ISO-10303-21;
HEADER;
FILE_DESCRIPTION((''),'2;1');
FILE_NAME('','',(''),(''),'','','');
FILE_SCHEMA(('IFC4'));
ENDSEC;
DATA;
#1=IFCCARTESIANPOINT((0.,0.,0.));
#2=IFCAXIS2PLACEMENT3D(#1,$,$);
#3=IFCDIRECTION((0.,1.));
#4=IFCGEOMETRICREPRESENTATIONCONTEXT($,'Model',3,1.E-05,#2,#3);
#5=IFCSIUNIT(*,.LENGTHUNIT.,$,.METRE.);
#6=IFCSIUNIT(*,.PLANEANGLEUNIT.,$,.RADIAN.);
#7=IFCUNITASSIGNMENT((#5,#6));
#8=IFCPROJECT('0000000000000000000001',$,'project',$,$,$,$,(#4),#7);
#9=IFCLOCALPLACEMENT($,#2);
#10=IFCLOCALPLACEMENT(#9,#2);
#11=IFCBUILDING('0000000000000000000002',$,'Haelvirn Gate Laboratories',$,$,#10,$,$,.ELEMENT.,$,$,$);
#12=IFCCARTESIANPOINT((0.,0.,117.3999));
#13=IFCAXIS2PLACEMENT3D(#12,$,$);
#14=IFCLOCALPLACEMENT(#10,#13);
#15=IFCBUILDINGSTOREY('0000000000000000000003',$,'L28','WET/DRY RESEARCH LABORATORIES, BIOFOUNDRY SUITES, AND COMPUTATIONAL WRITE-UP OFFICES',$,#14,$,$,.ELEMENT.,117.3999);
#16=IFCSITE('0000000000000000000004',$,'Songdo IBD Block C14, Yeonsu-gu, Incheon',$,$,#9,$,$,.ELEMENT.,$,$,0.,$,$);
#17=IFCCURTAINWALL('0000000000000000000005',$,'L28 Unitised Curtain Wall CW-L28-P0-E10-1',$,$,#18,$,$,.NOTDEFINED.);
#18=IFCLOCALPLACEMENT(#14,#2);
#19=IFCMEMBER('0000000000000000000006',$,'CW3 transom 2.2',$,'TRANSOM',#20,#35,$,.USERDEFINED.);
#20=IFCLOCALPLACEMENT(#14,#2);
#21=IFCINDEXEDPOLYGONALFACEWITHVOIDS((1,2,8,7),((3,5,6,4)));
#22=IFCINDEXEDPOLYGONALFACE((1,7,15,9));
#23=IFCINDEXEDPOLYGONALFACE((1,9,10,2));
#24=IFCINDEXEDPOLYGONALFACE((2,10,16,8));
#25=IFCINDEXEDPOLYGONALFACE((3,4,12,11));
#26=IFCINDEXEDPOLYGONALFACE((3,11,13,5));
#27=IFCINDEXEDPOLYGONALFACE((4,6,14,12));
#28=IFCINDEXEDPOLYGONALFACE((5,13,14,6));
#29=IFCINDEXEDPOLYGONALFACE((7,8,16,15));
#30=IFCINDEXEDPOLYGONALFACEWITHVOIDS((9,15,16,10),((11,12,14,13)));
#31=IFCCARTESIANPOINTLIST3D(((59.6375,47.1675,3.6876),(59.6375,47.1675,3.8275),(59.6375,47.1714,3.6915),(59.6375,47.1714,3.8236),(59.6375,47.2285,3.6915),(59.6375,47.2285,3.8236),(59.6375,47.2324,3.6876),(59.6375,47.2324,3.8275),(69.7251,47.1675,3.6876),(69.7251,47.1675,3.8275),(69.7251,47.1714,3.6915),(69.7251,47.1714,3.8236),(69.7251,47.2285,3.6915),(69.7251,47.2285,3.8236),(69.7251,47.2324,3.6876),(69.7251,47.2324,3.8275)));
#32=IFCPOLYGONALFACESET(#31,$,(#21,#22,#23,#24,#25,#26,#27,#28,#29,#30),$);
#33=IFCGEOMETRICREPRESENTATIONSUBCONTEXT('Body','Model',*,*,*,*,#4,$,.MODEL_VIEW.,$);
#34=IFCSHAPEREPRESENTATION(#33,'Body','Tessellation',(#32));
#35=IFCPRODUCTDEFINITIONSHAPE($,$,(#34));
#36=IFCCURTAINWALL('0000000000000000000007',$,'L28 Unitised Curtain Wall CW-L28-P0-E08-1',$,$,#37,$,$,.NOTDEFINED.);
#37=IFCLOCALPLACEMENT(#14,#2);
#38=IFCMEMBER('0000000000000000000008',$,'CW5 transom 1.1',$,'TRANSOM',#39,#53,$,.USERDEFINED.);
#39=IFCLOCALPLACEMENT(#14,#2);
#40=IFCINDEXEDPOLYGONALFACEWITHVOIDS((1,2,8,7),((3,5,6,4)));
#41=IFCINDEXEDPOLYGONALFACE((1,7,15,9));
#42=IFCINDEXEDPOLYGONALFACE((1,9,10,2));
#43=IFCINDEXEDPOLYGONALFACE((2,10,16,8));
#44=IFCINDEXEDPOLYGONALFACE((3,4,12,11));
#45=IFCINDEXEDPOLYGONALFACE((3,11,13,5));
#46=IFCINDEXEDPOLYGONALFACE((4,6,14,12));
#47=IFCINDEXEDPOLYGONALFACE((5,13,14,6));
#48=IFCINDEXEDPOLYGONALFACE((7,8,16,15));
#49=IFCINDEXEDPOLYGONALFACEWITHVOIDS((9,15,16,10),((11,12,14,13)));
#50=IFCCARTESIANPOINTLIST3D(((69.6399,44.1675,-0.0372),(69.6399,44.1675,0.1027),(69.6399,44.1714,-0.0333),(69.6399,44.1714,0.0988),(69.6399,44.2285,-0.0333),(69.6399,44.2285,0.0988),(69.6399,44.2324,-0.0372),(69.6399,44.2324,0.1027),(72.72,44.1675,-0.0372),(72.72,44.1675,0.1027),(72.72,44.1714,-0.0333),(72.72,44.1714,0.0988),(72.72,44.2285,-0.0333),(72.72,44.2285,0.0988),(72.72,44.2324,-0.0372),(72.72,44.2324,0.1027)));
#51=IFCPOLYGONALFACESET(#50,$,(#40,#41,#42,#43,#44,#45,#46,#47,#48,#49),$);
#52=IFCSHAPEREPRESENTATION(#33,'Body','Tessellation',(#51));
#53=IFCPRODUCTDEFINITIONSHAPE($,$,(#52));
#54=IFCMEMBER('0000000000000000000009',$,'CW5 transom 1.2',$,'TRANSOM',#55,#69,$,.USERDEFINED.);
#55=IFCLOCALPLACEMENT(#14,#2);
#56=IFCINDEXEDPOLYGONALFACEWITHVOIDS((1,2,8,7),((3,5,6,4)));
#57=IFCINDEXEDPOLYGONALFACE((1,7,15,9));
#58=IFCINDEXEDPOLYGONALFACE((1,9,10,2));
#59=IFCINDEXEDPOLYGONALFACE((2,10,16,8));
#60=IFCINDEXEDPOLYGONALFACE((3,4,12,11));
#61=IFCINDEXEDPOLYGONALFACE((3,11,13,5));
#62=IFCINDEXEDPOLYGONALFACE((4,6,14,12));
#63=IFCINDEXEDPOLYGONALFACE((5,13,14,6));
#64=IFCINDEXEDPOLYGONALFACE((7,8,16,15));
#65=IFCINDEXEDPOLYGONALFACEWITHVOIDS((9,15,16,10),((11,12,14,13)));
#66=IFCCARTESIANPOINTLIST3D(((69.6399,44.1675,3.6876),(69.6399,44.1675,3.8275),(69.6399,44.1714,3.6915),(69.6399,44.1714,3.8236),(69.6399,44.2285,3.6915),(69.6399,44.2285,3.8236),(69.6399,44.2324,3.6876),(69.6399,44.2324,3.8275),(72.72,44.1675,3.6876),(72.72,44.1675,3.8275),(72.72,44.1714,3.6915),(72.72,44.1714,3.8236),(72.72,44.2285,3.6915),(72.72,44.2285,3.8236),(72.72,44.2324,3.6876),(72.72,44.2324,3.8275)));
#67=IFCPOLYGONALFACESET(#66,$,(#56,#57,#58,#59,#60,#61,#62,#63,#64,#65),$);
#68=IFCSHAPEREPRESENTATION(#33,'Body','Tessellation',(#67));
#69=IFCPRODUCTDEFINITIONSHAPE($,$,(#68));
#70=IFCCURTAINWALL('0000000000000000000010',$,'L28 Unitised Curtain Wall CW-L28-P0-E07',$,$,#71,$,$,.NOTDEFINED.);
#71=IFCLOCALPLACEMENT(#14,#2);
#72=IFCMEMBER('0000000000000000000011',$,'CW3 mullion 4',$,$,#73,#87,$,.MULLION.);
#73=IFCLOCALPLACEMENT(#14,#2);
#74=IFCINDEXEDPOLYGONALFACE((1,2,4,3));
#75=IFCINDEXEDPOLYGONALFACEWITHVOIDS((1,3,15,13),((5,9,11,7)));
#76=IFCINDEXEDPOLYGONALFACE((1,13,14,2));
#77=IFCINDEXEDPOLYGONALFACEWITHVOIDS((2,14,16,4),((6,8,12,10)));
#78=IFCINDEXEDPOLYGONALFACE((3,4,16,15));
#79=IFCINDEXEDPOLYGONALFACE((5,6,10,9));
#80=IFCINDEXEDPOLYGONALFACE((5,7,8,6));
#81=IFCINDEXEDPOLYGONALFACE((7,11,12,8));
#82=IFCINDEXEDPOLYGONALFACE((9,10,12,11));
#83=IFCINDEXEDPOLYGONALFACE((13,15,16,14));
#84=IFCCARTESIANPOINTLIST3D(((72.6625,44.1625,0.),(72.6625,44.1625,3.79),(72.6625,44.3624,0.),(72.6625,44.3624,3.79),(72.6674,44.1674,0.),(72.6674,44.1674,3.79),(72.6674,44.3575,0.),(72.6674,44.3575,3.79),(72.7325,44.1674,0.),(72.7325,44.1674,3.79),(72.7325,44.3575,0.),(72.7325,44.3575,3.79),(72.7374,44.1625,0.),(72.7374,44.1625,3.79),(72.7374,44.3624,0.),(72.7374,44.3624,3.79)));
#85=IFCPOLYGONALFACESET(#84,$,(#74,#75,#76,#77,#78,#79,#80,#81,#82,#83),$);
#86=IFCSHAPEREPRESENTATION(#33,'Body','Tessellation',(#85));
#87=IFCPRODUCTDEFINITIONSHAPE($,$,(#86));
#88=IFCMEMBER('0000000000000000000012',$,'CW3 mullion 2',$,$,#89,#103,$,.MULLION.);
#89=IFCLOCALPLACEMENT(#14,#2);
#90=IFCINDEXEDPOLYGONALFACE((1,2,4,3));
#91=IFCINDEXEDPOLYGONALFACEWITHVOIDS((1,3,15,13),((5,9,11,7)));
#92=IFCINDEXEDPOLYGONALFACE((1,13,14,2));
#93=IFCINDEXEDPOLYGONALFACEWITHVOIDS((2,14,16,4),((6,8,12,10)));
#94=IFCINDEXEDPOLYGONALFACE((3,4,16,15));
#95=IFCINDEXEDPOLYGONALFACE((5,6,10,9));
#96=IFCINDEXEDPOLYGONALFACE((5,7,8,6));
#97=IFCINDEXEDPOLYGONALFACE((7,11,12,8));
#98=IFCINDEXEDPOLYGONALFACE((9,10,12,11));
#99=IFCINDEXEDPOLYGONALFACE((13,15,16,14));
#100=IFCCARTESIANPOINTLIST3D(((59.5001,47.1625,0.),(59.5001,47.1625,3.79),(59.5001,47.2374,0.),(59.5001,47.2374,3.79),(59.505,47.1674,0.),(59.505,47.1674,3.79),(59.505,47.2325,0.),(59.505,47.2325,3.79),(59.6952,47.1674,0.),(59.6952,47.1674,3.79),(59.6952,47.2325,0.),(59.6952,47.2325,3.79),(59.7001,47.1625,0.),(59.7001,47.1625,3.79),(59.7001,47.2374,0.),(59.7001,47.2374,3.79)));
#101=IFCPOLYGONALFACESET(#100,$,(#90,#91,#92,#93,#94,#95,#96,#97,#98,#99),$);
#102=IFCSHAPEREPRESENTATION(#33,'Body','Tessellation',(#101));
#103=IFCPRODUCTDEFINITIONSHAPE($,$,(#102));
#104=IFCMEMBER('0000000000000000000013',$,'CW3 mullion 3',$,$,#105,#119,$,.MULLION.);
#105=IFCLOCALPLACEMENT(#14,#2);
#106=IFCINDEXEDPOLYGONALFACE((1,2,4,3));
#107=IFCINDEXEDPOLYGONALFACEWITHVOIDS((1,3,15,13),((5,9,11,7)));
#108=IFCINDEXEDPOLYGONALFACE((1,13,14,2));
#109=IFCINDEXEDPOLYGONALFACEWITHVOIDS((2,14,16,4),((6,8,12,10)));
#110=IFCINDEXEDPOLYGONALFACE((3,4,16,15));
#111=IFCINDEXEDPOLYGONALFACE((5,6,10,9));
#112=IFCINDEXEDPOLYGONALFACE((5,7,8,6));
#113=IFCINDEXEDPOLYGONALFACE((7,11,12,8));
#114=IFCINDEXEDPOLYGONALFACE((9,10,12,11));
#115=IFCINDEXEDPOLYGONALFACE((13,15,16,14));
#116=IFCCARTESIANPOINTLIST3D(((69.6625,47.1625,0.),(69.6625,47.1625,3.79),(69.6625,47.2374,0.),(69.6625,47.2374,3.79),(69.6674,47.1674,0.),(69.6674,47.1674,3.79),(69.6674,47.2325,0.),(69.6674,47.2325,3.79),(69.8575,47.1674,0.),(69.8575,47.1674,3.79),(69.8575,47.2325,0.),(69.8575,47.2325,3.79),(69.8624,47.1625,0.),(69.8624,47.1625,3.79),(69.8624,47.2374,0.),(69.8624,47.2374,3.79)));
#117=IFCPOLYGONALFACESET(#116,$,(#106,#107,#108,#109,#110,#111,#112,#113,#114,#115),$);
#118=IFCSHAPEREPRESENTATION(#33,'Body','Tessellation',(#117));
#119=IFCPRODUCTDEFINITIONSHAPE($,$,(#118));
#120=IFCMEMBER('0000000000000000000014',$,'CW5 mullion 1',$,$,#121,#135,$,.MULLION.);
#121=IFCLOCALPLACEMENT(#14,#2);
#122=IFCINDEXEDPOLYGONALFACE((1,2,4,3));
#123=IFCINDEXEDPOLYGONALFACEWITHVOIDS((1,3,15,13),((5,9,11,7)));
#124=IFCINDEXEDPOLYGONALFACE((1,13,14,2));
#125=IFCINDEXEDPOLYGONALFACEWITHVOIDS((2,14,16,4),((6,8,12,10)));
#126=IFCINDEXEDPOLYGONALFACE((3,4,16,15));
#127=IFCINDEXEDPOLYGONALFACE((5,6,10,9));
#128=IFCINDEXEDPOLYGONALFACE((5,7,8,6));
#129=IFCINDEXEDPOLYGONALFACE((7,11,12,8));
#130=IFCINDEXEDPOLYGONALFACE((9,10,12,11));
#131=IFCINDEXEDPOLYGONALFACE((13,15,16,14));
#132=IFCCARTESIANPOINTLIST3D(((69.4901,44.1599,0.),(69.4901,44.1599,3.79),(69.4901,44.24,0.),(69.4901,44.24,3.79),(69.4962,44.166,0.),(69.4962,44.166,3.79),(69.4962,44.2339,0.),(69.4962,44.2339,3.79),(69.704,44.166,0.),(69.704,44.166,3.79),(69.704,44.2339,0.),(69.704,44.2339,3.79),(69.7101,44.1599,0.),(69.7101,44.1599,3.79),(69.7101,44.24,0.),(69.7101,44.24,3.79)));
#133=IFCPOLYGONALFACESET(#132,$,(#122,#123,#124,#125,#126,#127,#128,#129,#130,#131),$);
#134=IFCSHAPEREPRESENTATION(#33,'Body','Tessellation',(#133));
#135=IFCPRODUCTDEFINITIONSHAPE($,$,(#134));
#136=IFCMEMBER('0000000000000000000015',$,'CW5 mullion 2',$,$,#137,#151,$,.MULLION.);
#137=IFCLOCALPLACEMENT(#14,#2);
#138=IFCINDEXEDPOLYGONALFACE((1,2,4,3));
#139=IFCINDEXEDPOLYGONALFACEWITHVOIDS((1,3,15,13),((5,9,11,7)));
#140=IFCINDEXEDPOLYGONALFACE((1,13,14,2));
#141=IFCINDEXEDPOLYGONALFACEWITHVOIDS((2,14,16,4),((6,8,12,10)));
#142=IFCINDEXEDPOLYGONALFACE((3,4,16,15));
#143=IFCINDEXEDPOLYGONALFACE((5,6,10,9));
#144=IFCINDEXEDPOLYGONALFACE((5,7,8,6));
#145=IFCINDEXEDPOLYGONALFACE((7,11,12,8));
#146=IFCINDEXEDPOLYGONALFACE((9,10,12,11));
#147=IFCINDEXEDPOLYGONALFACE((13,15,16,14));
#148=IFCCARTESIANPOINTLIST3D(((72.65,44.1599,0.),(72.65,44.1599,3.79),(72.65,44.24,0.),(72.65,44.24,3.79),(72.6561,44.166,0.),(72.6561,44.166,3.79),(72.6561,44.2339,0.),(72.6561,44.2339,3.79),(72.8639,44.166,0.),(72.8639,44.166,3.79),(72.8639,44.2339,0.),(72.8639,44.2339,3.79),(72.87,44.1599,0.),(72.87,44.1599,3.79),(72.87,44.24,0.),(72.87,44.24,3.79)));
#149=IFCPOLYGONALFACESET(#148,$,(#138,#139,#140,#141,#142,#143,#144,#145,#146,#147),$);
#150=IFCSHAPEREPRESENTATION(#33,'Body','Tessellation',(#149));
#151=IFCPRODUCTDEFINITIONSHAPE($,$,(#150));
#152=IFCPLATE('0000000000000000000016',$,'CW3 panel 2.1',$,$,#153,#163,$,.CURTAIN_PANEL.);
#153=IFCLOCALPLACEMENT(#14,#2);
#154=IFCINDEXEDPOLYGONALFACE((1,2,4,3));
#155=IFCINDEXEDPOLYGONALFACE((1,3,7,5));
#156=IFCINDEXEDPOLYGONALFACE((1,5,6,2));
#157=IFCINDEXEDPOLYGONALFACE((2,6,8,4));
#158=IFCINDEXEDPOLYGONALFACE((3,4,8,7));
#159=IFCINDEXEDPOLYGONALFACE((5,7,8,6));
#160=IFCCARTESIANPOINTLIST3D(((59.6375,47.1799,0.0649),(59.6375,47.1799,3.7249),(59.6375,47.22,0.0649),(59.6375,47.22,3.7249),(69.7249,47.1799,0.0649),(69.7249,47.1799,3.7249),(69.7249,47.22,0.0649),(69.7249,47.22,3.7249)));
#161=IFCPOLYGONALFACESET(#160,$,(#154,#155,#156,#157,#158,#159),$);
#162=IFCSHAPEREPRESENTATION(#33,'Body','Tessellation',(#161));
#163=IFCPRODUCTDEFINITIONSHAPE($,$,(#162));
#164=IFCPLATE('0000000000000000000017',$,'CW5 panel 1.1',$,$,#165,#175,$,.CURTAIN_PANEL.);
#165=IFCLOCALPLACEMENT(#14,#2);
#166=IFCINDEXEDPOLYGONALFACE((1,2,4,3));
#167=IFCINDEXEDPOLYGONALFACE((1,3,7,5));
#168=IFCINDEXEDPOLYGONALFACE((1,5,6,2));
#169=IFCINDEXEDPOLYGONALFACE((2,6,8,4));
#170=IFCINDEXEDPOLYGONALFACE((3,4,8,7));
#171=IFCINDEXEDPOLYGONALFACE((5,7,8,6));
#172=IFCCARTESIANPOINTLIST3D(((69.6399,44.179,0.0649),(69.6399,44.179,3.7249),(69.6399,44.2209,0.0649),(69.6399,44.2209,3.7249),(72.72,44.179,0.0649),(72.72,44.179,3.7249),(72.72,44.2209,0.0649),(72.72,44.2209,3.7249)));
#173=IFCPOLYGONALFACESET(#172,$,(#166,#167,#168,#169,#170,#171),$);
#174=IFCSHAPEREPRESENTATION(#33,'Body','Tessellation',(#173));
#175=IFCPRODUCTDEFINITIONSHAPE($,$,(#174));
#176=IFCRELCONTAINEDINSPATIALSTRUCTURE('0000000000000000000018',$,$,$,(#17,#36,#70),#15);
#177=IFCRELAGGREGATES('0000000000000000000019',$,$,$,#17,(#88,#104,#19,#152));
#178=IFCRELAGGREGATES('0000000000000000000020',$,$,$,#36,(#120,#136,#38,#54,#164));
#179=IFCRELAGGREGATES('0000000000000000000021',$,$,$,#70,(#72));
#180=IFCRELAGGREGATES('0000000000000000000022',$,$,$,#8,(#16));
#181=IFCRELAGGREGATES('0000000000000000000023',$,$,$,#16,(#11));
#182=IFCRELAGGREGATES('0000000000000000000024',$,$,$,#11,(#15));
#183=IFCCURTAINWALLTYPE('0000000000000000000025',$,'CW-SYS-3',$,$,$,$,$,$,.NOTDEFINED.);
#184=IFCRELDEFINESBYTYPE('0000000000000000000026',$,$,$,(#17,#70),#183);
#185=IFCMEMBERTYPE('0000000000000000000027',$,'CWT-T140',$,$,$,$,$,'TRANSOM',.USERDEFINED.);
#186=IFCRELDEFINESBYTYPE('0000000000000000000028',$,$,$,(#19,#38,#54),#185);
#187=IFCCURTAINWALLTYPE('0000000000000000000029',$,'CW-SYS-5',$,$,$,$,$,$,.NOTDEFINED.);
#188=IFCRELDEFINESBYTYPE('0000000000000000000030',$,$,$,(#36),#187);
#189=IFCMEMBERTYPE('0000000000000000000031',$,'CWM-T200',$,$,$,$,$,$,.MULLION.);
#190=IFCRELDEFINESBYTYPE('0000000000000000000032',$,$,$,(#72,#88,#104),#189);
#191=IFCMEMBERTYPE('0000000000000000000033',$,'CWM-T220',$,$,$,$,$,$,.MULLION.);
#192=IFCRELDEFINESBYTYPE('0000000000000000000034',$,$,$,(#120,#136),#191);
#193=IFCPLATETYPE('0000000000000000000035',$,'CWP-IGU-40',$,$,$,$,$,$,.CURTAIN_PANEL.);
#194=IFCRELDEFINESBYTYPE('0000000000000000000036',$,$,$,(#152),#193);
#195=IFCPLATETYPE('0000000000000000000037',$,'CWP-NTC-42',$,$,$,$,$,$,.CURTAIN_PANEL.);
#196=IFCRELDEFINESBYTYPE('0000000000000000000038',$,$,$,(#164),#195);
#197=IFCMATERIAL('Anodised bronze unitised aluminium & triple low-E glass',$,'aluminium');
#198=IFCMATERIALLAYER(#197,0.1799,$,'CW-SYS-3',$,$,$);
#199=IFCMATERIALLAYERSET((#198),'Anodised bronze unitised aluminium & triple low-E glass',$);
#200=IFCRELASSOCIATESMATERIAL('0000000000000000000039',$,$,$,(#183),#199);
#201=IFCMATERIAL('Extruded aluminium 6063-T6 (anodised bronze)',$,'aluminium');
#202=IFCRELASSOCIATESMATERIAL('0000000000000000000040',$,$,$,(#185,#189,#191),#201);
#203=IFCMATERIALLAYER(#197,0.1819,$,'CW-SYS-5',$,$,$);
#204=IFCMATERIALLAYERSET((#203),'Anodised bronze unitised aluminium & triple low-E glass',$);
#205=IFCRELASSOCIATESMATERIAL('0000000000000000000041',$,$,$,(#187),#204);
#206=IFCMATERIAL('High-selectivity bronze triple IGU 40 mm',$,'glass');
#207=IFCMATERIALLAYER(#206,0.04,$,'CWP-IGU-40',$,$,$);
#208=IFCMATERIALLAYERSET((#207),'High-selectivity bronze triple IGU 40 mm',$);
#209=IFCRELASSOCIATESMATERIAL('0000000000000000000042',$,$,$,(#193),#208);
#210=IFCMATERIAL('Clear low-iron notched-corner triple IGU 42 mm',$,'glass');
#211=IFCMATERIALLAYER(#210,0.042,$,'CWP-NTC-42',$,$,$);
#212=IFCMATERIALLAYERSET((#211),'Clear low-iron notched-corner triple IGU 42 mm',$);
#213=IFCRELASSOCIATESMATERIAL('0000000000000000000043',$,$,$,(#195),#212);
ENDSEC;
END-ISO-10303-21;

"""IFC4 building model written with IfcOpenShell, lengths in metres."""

from ifc_helpers import new_model, si_unit, direction, frame, origin, origin_2d, place, context, subcontext, project, spatial, rectangle, hollow_rectangle, extrude, source, transform, mapped, material, layer, layer_set, material_profile, profile_set, type_object, type_shapes, element, aggregate, save


model = new_model("IFC4")

# Units and contexts
model_context = context("Model", 3, precision=1e-05, world=origin(), true_north=direction((0.0, 1.0)))
body_context = subcontext(model_context, "Body", "Model", "MODEL_VIEW")
ifc_project = project(units=[si_unit("LENGTHUNIT", "METRE"), si_unit("PLANEANGLEUNIT", "RADIAN")], contexts=[model_context])

# Site, building, storey
site_placement = place(None, origin())
site = spatial("IfcSite", under=ifc_project, at=site_placement, Name="Songdo IBD Block C14, Yeonsu-gu, Incheon", CompositionType="ELEMENT", RefElevation=0.0)
building_placement = place(site_placement, origin())
building = spatial("IfcBuilding", under=site, at=building_placement, Name="Haelvirn Gate Laboratories", CompositionType="ELEMENT")
storey_placement = place(building_placement, frame((0.0, 0.0, 117.3999)))
storey = spatial("IfcBuildingStorey", under=building, at=storey_placement, Name="L28", Description="WET/DRY RESEARCH LABORATORIES, BIOFOUNDRY SUITES, AND COMPUTATIONAL WRITE-UP OFFICES", CompositionType="ELEMENT", Elevation=117.3999)

# Curtain walls, members
ifc_material_1 = material(Name="Anodised bronze unitised aluminium & triple low-E glass", Category="aluminium")
ifc_layer_1 = layer(ifc_material_1, 0.1799, Name="CW-SYS-3")
ifc_layer_set_1 = layer_set([ifc_layer_1], Name="Anodised bronze unitised aluminium & triple low-E glass")
curtain_wall_type_1 = type_object("IfcCurtainWallType", Name="CW-SYS-3", PredefinedType="NOTDEFINED", material=ifc_layer_set_1)
curtain_wall_1_placement = place(storey_placement, origin())
curtain_wall_1 = element("IfcCurtainWall", 1, at=curtain_wall_1_placement, inside=storey, type_object=curtain_wall_type_1, Name="L28 Unitised Curtain Wall CW-L28-P0-E10-1", PredefinedType="NOTDEFINED")
ifc_material_2 = material(Name="Extruded aluminium 6063-T6 (anodised bronze)", Category="aluminium")
ifc_material_profile_1 = material_profile(ifc_material_2, hollow_rectangle(XDim=0.0649, YDim=0.1399, WallThickness=0.0039, at=origin_2d()), Name="CWT-140x65x4")
ifc_profile_set_1 = profile_set([ifc_material_profile_1], Name="Extruded aluminium 6063-T6 (anodised bronze)")
member_type_1 = type_object("IfcMemberType", Name="CWT-T140", ElementType="TRANSOM", PredefinedType="USERDEFINED", material=ifc_profile_set_1)
shared_shape_1 = source(origin(), body_context, "Body", "SweptSolid", [
    extrude(hollow_rectangle(XDim=0.0649, YDim=0.1399, WallThickness=0.0039, at=origin_2d()), origin(), (0.0, 0.0, 1.0), 10.0876),
])
member_1_placement = place(storey_placement, frame((59.6375, 47.2, 3.7576), z_axis=(1.0, 0.0, 0.0), x_axis=(0.0, 1.0, 0.0)))
member_1 = element("IfcMember", 2, at=member_1_placement, type_object=member_type_1, Name="CW3 transom 2.2", ObjectType="TRANSOM", PredefinedType="USERDEFINED", context=body_context, shape_type="MappedRepresentation", body=[
    mapped(shared_shape_1, transform((0.0, 0.0, 0.0), scale=1.0)),
])
ifc_layer_2 = layer(ifc_material_1, 0.1819, Name="CW-SYS-5")
ifc_layer_set_2 = layer_set([ifc_layer_2], Name="Anodised bronze unitised aluminium & triple low-E glass")
curtain_wall_type_2 = type_object("IfcCurtainWallType", Name="CW-SYS-5", PredefinedType="NOTDEFINED", material=ifc_layer_set_2)
curtain_wall_2_placement = place(storey_placement, origin())
curtain_wall_2 = element("IfcCurtainWall", 3, at=curtain_wall_2_placement, inside=storey, type_object=curtain_wall_type_2, Name="L28 Unitised Curtain Wall CW-L28-P0-E08-1", PredefinedType="NOTDEFINED")
shared_shape_2 = source(origin(), body_context, "Body", "SweptSolid", [
    extrude(hollow_rectangle(XDim=0.0649, YDim=0.1399, WallThickness=0.0039, at=origin_2d()), origin(), (0.0, 0.0, 1.0), 3.0801),
])
type_shapes(member_type_1, [shared_shape_1, shared_shape_2])
member_2_placement = place(storey_placement, frame((69.6399, 44.2, 0.0327), z_axis=(1.0, 0.0, 0.0), x_axis=(0.0, 1.0, 0.0)))
member_2 = element("IfcMember", 4, at=member_2_placement, type_object=member_type_1, Name="CW5 transom 1.1", ObjectType="TRANSOM", PredefinedType="USERDEFINED", context=body_context, shape_type="MappedRepresentation", body=[
    mapped(shared_shape_2, transform((0.0, 0.0, 0.0), scale=1.0)),
])
member_3_placement = place(storey_placement, frame((69.6399, 44.2, 3.7576), z_axis=(1.0, 0.0, 0.0), x_axis=(0.0, 1.0, 0.0)))
member_3 = element("IfcMember", 5, at=member_3_placement, type_object=member_type_1, Name="CW5 transom 1.2", ObjectType="TRANSOM", PredefinedType="USERDEFINED", context=body_context, shape_type="MappedRepresentation", body=[
    mapped(shared_shape_2, transform((0.0, 0.0, 0.0), scale=1.0)),
])

# Curtain wall, member
curtain_wall_3_placement = place(storey_placement, origin())
curtain_wall_3 = element("IfcCurtainWall", 6, at=curtain_wall_3_placement, inside=storey, type_object=curtain_wall_type_1, Name="L28 Unitised Curtain Wall CW-L28-P0-E07", PredefinedType="NOTDEFINED")
ifc_material_profile_2 = material_profile(ifc_material_2, hollow_rectangle(XDim=0.075, YDim=0.2, WallThickness=0.0049, at=origin_2d()), Name="CWM-200x75x5")
ifc_profile_set_2 = profile_set([ifc_material_profile_2], Name="Extruded aluminium 6063-T6 (anodised bronze)")
member_type_2 = type_object("IfcMemberType", Name="CWM-T200", PredefinedType="MULLION", material=ifc_profile_set_2)
shared_shape_3 = source(origin(), body_context, "Body", "SweptSolid", [
    extrude(hollow_rectangle(XDim=0.075, YDim=0.2, WallThickness=0.0049, at=origin_2d()), origin(), (0.0, 0.0, 1.0), 3.79),
])
type_shapes(member_type_2, [shared_shape_3])
member_4_placement = place(storey_placement, frame((72.7, 44.2625, 0.0), z_axis=(0.0, 0.0, 1.0), x_axis=(-1.0, 0.0, 0.0)))
member_4 = element("IfcMember", 7, at=member_4_placement, type_object=member_type_2, Name="CW3 mullion 4", PredefinedType="MULLION", context=body_context, shape_type="MappedRepresentation", body=[
    mapped(shared_shape_3, transform((0.0, 0.0, 0.0), scale=1.0)),
])

# Members
member_5_placement = place(storey_placement, frame((59.6001, 47.2, 0.0), z_axis=(0.0, 0.0, 1.0), x_axis=(0.0, 1.0, 0.0)))
member_5 = element("IfcMember", 8, at=member_5_placement, type_object=member_type_2, Name="CW3 mullion 2", PredefinedType="MULLION", context=body_context, shape_type="MappedRepresentation", body=[
    mapped(shared_shape_3, transform((0.0, 0.0, 0.0), scale=1.0)),
])
member_6_placement = place(storey_placement, frame((69.7625, 47.2, 0.0), z_axis=(0.0, 0.0, 1.0), x_axis=(0.0, 1.0, 0.0)))
member_6 = element("IfcMember", 9, at=member_6_placement, type_object=member_type_2, Name="CW3 mullion 3", PredefinedType="MULLION", context=body_context, shape_type="MappedRepresentation", body=[
    mapped(shared_shape_3, transform((0.0, 0.0, 0.0), scale=1.0)),
])
ifc_material_profile_3 = material_profile(ifc_material_2, hollow_rectangle(XDim=0.0801, YDim=0.22, WallThickness=0.0061, at=origin_2d()), Name="CWM-220x80x6")
ifc_profile_set_3 = profile_set([ifc_material_profile_3], Name="Extruded aluminium 6063-T6 (anodised bronze)")
member_type_3 = type_object("IfcMemberType", Name="CWM-T220", PredefinedType="MULLION", material=ifc_profile_set_3)
shared_shape_4 = source(origin(), body_context, "Body", "SweptSolid", [
    extrude(hollow_rectangle(XDim=0.0801, YDim=0.22, WallThickness=0.0061, at=origin_2d()), origin(), (0.0, 0.0, 1.0), 3.79),
])
type_shapes(member_type_3, [shared_shape_4])
member_7_placement = place(storey_placement, frame((69.6001, 44.2, 0.0), z_axis=(0.0, 0.0, 1.0), x_axis=(0.0, 1.0, 0.0)))
member_7 = element("IfcMember", 10, at=member_7_placement, type_object=member_type_3, Name="CW5 mullion 1", PredefinedType="MULLION", context=body_context, shape_type="MappedRepresentation", body=[
    mapped(shared_shape_4, transform((0.0, 0.0, 0.0), scale=1.0)),
])
member_8_placement = place(storey_placement, frame((72.76, 44.2, 0.0), z_axis=(0.0, 0.0, 1.0), x_axis=(0.0, 1.0, 0.0)))
member_8 = element("IfcMember", 11, at=member_8_placement, type_object=member_type_3, Name="CW5 mullion 2", PredefinedType="MULLION", context=body_context, shape_type="MappedRepresentation", body=[
    mapped(shared_shape_4, transform((0.0, 0.0, 0.0), scale=1.0)),
])

# Plates
ifc_material_3 = material(Name="High-selectivity bronze triple IGU 40 mm", Category="glass")
ifc_layer_3 = layer(ifc_material_3, 0.04, Name="CWP-IGU-40")
ifc_layer_set_3 = layer_set([ifc_layer_3], Name="High-selectivity bronze triple IGU 40 mm")
plate_type_1 = type_object("IfcPlateType", Name="CWP-IGU-40", PredefinedType="CURTAIN_PANEL", material=ifc_layer_set_3)
shared_shape_5 = source(origin(), body_context, "Body", "SweptSolid", [
    extrude(rectangle(XDim=10.0874, YDim=0.04, at=origin_2d()), origin(), (0.0, 0.0, 1.0), 3.6599),
])
plate_1_placement = place(storey_placement, frame((64.6812, 47.2, 0.0649), z_axis=(0.0, 0.0, 1.0), x_axis=(1.0, 0.0, 0.0)))
plate_1 = element("IfcPlate", 12, at=plate_1_placement, type_object=plate_type_1, Name="CW3 panel 2.1", PredefinedType="CURTAIN_PANEL", context=body_context, shape_type="MappedRepresentation", body=[
    mapped(shared_shape_5, transform((0.0, 0.0, 0.0), scale=1.0)),
])
aggregate(curtain_wall_1, [member_5, member_6, member_1, plate_1])
ifc_material_4 = material(Name="Clear low-iron notched-corner triple IGU 42 mm", Category="glass")
ifc_layer_4 = layer(ifc_material_4, 0.042, Name="CWP-NTC-42")
ifc_layer_set_4 = layer_set([ifc_layer_4], Name="Clear low-iron notched-corner triple IGU 42 mm")
plate_type_2 = type_object("IfcPlateType", Name="CWP-NTC-42", PredefinedType="CURTAIN_PANEL", material=ifc_layer_set_4)
shared_shape_6 = source(origin(), body_context, "Body", "SweptSolid", [
    extrude(rectangle(XDim=3.0801, YDim=0.042, at=origin_2d()), origin(), (0.0, 0.0, 1.0), 3.6599),
])
type_shapes(plate_type_2, [shared_shape_6])
plate_2_placement = place(storey_placement, frame((71.1799, 44.2, 0.0649), z_axis=(0.0, 0.0, 1.0), x_axis=(1.0, 0.0, 0.0)))
plate_2 = element("IfcPlate", 13, at=plate_2_placement, type_object=plate_type_2, Name="CW5 panel 1.1", PredefinedType="CURTAIN_PANEL", context=body_context, shape_type="MappedRepresentation", body=[
    mapped(shared_shape_6, transform((0.0, 0.0, 0.0), scale=1.0)),
])
aggregate(curtain_wall_2, [member_7, member_8, member_2, member_3, plate_2])
aggregate(curtain_wall_3, [member_4])

save(model, "model.ifc")
